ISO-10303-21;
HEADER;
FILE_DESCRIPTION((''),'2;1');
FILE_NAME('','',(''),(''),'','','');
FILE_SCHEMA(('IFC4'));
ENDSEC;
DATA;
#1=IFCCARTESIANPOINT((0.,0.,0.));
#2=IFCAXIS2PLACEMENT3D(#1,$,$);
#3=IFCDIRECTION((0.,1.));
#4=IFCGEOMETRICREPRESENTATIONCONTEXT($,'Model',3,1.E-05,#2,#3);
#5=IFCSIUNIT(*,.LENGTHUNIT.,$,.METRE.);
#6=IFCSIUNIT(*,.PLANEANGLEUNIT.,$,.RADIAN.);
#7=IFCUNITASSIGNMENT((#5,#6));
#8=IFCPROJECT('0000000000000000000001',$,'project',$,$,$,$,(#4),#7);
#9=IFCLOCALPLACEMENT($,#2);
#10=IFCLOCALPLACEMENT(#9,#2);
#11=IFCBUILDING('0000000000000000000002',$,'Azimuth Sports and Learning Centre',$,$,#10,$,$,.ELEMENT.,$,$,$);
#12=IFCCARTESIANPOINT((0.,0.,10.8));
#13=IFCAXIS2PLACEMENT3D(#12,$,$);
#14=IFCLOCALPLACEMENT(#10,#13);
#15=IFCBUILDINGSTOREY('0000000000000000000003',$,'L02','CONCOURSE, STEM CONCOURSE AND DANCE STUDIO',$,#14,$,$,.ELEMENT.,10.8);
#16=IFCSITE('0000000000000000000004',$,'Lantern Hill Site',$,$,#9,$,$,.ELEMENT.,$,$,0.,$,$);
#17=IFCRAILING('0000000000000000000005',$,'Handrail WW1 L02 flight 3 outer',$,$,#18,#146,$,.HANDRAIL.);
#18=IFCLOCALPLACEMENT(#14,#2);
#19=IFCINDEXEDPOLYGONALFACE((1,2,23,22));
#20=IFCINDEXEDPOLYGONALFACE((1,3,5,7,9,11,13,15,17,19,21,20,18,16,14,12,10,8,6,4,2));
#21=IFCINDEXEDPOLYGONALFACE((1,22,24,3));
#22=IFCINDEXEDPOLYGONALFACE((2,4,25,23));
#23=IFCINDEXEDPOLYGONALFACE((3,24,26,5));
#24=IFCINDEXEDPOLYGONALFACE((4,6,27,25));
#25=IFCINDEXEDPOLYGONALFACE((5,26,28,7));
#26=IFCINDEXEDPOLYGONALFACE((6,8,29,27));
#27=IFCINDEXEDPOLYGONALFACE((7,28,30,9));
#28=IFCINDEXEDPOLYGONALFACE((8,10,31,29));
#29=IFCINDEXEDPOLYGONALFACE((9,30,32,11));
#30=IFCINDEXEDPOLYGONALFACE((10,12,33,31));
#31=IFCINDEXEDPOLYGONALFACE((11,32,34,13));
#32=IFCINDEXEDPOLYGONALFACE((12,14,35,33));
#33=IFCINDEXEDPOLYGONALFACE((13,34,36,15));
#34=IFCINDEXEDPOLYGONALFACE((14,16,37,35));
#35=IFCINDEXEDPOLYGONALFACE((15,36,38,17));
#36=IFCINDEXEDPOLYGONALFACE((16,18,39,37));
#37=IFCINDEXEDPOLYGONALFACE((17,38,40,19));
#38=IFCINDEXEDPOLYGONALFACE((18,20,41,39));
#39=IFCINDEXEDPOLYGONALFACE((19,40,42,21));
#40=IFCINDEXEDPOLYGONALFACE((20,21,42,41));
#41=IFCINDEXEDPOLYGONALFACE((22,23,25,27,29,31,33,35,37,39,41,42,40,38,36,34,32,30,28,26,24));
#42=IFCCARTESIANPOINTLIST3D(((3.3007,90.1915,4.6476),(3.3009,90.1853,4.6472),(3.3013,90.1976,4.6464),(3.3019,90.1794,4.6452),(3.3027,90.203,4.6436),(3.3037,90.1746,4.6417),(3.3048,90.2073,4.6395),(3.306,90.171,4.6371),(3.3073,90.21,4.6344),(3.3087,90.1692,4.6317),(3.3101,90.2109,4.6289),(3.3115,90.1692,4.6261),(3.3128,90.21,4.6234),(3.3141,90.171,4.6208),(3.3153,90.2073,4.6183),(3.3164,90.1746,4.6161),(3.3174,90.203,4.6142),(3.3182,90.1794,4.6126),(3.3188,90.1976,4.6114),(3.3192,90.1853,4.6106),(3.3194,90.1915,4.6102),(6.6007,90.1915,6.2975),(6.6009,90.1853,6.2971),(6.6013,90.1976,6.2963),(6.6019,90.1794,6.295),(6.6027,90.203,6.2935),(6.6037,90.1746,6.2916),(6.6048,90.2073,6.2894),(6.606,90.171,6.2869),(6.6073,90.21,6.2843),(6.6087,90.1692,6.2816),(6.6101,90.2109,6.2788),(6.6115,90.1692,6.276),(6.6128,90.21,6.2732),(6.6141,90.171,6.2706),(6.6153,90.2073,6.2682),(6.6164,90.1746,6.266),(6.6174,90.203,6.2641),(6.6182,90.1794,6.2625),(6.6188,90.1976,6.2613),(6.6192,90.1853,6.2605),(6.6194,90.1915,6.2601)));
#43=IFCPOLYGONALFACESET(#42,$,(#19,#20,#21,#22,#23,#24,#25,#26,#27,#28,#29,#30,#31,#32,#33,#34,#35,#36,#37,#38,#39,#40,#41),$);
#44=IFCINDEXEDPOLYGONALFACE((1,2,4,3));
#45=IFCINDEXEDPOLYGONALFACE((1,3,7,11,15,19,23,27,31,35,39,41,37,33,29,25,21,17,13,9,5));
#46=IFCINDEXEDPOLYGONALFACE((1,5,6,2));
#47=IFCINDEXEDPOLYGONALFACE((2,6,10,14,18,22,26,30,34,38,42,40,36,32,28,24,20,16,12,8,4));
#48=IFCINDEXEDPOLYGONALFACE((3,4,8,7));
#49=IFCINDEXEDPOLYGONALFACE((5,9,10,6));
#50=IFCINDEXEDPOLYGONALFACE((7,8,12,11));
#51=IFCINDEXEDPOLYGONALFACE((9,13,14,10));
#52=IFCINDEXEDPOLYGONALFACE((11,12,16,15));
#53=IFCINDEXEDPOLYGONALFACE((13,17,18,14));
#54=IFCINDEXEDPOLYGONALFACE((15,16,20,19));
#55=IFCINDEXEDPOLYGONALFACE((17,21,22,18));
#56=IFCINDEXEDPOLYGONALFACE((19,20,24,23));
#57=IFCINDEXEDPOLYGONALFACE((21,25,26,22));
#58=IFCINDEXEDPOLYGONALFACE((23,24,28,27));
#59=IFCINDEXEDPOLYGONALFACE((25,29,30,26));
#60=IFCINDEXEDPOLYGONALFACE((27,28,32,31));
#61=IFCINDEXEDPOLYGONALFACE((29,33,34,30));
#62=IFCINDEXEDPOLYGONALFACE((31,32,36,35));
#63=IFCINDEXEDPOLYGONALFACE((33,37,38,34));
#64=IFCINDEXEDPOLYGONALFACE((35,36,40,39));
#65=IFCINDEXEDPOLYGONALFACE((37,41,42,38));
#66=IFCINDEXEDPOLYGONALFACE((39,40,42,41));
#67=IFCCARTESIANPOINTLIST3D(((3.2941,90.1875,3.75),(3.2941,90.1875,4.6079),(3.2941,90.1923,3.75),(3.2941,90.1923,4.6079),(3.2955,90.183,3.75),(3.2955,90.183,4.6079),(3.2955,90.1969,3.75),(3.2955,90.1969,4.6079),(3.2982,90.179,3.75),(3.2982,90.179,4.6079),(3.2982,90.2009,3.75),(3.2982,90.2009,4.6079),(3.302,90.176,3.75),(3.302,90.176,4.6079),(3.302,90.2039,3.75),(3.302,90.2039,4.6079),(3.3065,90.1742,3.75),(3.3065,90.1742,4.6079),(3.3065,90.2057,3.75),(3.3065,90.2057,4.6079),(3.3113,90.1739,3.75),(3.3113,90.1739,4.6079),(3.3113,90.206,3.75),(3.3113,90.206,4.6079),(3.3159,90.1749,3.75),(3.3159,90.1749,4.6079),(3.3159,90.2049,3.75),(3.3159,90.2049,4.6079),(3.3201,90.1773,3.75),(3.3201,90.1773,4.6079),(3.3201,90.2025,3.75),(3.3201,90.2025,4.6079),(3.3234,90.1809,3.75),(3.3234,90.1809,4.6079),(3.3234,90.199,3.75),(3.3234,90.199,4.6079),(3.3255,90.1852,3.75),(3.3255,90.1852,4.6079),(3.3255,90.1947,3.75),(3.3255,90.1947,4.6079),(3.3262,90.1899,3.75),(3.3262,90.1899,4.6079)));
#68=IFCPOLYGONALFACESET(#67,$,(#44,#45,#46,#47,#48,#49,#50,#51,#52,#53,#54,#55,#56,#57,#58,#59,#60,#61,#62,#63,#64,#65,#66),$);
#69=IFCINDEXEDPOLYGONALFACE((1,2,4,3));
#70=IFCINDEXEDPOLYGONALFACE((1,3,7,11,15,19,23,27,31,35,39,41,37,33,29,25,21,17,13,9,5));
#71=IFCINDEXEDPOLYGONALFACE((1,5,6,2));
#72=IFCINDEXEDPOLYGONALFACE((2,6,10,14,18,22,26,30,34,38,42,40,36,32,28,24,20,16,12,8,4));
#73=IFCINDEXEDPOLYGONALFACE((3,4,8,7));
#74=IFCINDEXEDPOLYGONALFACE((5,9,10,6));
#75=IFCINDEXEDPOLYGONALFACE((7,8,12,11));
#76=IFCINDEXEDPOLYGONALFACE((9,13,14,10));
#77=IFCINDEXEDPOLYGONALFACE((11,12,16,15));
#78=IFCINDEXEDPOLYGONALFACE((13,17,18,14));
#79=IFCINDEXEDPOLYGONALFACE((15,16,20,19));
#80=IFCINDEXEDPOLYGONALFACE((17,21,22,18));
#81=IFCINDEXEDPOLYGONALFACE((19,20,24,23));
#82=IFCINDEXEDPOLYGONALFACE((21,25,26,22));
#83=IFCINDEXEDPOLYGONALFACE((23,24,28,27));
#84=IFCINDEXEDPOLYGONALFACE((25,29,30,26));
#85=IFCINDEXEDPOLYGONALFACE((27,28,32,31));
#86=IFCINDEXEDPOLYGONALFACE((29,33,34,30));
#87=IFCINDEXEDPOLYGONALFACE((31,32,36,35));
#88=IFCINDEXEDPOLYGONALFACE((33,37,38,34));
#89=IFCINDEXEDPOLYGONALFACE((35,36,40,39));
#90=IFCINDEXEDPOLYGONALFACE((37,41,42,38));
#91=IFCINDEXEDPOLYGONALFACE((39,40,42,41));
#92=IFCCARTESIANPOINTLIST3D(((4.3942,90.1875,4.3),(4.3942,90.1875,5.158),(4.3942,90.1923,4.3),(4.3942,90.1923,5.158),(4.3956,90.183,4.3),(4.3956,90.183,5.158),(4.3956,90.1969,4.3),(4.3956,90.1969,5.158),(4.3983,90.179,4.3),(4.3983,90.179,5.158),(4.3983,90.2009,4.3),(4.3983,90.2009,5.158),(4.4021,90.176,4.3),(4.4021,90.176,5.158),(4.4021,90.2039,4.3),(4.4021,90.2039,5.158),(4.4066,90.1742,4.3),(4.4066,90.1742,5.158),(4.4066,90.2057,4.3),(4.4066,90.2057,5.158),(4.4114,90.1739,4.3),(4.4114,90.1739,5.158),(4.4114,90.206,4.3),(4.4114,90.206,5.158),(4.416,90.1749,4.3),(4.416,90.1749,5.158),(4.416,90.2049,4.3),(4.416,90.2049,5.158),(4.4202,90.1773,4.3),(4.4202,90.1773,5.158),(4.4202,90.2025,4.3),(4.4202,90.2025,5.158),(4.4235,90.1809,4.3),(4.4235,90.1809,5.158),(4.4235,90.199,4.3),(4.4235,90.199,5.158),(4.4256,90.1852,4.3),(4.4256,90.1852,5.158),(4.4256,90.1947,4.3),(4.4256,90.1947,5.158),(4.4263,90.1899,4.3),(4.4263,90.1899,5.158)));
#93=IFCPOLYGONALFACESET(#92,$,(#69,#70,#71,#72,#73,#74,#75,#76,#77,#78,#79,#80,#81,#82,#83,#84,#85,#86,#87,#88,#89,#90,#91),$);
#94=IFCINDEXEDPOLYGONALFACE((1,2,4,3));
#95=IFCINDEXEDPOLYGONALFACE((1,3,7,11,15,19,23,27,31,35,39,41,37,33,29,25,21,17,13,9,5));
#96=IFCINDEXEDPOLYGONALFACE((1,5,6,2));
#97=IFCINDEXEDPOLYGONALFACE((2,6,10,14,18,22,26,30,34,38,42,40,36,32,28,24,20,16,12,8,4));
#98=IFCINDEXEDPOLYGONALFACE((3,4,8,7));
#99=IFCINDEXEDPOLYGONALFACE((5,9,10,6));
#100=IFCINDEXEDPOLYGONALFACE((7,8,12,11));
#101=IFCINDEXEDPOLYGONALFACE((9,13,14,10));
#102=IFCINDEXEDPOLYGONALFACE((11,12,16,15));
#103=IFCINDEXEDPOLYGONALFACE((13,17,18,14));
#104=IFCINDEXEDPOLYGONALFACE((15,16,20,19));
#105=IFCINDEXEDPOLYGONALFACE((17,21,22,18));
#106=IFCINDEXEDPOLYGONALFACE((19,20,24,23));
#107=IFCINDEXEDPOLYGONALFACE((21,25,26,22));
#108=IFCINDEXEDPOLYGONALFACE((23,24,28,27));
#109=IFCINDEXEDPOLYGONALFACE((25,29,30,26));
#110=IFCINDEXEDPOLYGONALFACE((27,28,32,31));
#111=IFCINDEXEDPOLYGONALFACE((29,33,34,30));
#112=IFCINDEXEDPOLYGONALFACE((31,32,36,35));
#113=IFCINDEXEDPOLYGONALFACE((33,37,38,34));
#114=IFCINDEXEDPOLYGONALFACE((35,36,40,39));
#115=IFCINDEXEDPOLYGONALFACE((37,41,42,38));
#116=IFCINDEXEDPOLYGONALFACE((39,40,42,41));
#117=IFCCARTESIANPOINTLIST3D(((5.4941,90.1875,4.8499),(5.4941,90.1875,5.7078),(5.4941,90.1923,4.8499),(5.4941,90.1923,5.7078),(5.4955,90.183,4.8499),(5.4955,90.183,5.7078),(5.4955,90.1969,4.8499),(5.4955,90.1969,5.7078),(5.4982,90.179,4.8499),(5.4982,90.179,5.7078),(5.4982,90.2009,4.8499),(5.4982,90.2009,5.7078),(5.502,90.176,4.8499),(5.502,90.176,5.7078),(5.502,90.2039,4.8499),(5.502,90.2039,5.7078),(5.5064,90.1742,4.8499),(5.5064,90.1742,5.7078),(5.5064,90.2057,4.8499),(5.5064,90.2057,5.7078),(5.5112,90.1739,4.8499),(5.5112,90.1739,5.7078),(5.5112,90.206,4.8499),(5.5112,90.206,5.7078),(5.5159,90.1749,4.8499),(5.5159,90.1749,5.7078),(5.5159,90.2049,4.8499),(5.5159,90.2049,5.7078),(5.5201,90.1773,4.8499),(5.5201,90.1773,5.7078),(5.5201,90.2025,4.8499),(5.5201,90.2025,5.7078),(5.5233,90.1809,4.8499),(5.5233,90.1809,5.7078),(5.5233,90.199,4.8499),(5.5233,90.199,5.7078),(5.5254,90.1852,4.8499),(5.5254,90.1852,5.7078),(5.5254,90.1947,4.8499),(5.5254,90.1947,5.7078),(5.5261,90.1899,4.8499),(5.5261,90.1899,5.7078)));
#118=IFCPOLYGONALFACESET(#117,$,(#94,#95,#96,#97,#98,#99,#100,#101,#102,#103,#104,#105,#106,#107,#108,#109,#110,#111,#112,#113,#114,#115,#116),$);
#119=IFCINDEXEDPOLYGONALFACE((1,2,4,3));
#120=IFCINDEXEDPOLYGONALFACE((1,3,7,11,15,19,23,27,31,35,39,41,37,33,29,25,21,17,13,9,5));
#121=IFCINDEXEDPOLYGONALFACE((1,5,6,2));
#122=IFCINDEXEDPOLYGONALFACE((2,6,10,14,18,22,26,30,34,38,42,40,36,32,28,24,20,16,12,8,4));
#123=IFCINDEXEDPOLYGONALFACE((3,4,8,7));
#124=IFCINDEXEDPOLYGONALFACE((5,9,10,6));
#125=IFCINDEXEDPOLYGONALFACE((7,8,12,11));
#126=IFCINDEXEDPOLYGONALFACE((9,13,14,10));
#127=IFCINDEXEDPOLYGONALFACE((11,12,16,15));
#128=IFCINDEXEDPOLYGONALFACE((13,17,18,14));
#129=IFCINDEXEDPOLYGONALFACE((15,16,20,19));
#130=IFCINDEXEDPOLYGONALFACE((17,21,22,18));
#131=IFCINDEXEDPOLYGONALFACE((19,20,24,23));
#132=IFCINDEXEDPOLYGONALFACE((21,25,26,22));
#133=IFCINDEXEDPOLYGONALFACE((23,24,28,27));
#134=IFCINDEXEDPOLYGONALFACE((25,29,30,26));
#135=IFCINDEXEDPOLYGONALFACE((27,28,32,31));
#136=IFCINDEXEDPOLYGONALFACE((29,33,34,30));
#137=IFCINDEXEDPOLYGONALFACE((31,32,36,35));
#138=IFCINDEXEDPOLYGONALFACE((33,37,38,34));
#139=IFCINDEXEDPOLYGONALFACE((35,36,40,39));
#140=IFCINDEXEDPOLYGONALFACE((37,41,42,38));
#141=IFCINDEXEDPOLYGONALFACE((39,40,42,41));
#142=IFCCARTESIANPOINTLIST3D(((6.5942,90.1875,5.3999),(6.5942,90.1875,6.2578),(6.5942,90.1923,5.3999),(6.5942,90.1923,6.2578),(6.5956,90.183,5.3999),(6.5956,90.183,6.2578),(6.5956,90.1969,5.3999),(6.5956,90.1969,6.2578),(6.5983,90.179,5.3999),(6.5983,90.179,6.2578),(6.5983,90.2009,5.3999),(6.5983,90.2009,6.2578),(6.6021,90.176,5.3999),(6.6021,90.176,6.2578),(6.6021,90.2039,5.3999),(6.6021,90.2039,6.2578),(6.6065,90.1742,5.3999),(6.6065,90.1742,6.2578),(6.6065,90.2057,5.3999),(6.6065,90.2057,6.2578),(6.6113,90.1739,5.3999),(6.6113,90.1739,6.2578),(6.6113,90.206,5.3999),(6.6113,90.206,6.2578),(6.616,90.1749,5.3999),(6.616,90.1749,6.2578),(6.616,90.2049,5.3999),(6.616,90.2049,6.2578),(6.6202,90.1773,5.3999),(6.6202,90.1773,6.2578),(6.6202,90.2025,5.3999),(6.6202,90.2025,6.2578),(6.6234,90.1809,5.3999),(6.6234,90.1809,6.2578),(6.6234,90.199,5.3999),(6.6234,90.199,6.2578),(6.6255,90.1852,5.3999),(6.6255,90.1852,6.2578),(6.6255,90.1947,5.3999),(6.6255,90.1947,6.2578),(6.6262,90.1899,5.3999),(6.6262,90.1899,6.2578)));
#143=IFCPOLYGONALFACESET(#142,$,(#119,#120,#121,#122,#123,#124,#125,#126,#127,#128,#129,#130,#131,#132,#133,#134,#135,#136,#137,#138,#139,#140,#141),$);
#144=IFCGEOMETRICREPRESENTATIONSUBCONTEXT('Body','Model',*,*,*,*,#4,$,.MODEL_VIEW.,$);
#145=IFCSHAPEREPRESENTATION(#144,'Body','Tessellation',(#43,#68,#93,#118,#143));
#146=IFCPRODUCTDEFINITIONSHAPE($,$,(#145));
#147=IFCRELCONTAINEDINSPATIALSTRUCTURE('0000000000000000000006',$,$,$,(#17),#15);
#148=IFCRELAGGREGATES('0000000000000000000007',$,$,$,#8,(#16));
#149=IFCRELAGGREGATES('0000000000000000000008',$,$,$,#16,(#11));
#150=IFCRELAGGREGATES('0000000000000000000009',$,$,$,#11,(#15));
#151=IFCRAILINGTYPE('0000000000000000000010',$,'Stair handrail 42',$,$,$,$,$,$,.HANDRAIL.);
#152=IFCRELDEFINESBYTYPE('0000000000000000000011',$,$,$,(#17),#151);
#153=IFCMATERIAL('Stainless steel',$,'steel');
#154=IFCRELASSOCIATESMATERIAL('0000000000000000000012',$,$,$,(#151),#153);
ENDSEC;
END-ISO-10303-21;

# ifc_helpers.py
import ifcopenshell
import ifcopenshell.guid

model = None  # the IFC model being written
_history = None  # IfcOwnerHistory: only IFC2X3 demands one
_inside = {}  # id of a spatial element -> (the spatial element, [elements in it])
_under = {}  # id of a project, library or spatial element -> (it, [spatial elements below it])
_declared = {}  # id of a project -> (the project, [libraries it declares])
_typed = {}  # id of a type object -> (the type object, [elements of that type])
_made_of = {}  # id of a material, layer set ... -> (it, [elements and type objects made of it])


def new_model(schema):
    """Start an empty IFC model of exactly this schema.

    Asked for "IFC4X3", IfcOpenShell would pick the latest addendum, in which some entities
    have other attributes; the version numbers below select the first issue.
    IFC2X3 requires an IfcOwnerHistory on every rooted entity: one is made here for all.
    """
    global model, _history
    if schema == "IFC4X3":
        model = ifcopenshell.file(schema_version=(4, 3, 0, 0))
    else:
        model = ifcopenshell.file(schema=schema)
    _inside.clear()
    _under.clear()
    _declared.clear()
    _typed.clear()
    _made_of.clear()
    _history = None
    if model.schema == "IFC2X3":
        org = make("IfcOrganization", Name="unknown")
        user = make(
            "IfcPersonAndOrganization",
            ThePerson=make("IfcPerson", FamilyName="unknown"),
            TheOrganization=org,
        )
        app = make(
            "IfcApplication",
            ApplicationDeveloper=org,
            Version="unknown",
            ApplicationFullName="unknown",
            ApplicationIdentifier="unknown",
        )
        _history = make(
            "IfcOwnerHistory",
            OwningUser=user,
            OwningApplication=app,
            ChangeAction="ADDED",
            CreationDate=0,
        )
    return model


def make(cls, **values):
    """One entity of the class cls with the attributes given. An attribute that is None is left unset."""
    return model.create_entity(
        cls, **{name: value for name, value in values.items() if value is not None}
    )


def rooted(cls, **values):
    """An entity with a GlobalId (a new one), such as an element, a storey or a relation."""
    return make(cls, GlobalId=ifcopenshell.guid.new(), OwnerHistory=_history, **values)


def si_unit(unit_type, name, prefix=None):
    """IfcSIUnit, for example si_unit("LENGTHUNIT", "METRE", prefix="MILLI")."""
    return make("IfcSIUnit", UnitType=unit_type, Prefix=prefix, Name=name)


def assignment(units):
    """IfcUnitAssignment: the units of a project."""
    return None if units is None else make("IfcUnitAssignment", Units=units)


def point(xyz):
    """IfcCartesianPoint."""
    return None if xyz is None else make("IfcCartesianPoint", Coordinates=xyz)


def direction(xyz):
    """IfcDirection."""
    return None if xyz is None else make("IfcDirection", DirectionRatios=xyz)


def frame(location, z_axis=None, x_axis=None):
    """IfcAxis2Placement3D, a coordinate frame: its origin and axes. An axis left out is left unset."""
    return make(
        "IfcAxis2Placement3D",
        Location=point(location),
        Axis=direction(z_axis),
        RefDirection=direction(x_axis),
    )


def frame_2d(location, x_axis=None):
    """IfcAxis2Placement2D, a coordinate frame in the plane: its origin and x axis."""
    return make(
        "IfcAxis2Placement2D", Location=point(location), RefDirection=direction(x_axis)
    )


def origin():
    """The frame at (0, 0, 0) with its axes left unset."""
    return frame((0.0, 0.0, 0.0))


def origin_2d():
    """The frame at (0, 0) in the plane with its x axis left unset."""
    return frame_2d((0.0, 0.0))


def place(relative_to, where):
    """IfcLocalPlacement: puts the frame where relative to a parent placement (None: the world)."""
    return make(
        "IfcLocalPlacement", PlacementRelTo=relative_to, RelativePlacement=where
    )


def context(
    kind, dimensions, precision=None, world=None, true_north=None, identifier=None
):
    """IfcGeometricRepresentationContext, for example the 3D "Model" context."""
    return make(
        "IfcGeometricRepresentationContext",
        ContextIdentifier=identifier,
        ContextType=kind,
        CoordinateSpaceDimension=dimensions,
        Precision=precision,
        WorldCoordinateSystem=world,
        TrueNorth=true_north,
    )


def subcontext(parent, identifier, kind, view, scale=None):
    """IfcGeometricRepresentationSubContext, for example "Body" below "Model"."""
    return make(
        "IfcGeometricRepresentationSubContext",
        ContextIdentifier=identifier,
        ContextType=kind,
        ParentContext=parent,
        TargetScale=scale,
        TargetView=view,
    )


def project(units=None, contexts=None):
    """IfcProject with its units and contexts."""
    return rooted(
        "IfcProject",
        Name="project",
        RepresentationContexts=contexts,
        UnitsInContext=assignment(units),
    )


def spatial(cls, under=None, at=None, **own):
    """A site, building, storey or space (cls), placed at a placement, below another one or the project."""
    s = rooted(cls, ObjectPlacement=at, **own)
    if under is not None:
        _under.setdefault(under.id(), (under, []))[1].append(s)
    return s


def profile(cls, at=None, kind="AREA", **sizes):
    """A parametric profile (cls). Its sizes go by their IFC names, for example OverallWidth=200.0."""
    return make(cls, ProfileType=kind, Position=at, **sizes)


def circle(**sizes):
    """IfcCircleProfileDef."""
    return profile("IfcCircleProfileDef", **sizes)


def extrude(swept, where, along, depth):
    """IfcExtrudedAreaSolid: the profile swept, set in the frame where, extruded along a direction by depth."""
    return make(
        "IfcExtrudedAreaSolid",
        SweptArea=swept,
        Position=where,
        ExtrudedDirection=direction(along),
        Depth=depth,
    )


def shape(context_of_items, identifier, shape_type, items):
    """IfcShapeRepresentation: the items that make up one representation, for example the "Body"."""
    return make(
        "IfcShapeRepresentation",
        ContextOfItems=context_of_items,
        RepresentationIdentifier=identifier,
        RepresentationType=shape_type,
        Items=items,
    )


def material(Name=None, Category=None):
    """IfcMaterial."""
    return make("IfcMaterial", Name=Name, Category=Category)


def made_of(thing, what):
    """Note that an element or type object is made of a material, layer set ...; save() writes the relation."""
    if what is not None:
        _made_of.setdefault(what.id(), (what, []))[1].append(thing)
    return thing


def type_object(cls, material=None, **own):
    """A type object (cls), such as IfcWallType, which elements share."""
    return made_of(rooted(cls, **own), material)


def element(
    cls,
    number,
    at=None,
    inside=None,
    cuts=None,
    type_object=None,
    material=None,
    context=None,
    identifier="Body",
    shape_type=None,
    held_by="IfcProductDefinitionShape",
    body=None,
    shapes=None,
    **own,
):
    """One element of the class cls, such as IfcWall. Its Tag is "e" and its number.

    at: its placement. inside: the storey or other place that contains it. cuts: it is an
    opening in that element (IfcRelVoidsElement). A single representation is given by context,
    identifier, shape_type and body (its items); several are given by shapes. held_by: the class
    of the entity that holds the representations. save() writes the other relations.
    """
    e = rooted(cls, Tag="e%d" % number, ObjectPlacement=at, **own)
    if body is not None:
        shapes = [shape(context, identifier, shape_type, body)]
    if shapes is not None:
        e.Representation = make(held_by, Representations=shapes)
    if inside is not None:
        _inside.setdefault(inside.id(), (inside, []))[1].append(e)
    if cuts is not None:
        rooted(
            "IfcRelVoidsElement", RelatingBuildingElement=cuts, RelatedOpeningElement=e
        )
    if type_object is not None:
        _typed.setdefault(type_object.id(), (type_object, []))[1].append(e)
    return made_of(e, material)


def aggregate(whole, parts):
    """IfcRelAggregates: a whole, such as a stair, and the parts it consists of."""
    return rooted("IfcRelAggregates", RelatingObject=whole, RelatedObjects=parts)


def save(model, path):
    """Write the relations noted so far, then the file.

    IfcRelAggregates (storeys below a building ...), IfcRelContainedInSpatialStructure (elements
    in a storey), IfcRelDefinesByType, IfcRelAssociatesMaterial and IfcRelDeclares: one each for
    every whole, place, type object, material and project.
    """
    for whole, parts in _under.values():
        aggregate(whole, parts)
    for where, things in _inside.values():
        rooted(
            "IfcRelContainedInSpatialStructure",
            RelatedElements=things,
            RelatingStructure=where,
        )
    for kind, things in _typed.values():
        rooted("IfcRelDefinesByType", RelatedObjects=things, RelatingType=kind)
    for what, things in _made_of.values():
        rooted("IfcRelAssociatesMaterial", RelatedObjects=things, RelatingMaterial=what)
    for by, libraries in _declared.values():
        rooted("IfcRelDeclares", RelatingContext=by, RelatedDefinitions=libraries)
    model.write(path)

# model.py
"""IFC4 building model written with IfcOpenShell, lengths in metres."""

from ifc_helpers import new_model, si_unit, direction, frame, origin, origin_2d, place, context, subcontext, project, spatial, circle, extrude, material, type_object, element, save


model = new_model("IFC4")

# Units and contexts
model_context = context("Model", 3, precision=1e-05, world=origin(), true_north=direction((0.0, 1.0)))
body_context = subcontext(model_context, "Body", "Model", "MODEL_VIEW")
ifc_project = project(units=[si_unit("LENGTHUNIT", "METRE"), si_unit("PLANEANGLEUNIT", "RADIAN")], contexts=[model_context])

# Site, building, storey
site_placement = place(None, origin())
site = spatial("IfcSite", under=ifc_project, at=site_placement, Name="Lantern Hill Site", CompositionType="ELEMENT", RefElevation=0.0)
building_placement = place(site_placement, origin())
building = spatial("IfcBuilding", under=site, at=building_placement, Name="Azimuth Sports and Learning Centre", CompositionType="ELEMENT")
storey_placement = place(building_placement, frame((0.0, 0.0, 10.8)))
storey = spatial("IfcBuildingStorey", under=building, at=storey_placement, Name="L02", Description="CONCOURSE, STEM CONCOURSE AND DANCE STUDIO", CompositionType="ELEMENT", Elevation=10.8)

# Railing
ifc_material_1 = material(Name="Stainless steel", Category="steel")
railing_type_1 = type_object("IfcRailingType", Name="Stair handrail 42", PredefinedType="HANDRAIL", material=ifc_material_1)
for number, where, name in (
    (1, (3.3101, 90.1899, 3.75), "Handrail WW1 L02 flight 3 outer"),
):
    element("IfcRailing", number, at=place(storey_placement, frame(where)), inside=storey, type_object=railing_type_1, Name=name, PredefinedType="HANDRAIL", context=body_context, shape_type="SweptSolid", body=[
        extrude(circle(Radius=0.021, at=origin_2d()), frame((0.0, 0.0, 0.8789), z_axis=(0.89444, 0.0, 0.447187), x_axis=(0.0, 1.0, 0.0)), (0.0, 0.0, 1.0), 3.6895),
        extrude(circle(Radius=0.0161, at=origin_2d()), origin(), (0.0, 0.0, 1.0), 0.8579),
        extrude(circle(Radius=0.0161, at=origin_2d()), frame((1.1001, 0.0, 0.55)), (0.0, 0.0, 1.0), 0.8579),
        extrude(circle(Radius=0.0161, at=origin_2d()), frame((2.2, 0.0, 1.0999)), (0.0, 0.0, 1.0), 0.8579),
        extrude(circle(Radius=0.0161, at=origin_2d()), frame((3.3, 0.0, 1.6499)), (0.0, 0.0, 1.0), 0.8579),
    ])

save(model, "model.ifc")
